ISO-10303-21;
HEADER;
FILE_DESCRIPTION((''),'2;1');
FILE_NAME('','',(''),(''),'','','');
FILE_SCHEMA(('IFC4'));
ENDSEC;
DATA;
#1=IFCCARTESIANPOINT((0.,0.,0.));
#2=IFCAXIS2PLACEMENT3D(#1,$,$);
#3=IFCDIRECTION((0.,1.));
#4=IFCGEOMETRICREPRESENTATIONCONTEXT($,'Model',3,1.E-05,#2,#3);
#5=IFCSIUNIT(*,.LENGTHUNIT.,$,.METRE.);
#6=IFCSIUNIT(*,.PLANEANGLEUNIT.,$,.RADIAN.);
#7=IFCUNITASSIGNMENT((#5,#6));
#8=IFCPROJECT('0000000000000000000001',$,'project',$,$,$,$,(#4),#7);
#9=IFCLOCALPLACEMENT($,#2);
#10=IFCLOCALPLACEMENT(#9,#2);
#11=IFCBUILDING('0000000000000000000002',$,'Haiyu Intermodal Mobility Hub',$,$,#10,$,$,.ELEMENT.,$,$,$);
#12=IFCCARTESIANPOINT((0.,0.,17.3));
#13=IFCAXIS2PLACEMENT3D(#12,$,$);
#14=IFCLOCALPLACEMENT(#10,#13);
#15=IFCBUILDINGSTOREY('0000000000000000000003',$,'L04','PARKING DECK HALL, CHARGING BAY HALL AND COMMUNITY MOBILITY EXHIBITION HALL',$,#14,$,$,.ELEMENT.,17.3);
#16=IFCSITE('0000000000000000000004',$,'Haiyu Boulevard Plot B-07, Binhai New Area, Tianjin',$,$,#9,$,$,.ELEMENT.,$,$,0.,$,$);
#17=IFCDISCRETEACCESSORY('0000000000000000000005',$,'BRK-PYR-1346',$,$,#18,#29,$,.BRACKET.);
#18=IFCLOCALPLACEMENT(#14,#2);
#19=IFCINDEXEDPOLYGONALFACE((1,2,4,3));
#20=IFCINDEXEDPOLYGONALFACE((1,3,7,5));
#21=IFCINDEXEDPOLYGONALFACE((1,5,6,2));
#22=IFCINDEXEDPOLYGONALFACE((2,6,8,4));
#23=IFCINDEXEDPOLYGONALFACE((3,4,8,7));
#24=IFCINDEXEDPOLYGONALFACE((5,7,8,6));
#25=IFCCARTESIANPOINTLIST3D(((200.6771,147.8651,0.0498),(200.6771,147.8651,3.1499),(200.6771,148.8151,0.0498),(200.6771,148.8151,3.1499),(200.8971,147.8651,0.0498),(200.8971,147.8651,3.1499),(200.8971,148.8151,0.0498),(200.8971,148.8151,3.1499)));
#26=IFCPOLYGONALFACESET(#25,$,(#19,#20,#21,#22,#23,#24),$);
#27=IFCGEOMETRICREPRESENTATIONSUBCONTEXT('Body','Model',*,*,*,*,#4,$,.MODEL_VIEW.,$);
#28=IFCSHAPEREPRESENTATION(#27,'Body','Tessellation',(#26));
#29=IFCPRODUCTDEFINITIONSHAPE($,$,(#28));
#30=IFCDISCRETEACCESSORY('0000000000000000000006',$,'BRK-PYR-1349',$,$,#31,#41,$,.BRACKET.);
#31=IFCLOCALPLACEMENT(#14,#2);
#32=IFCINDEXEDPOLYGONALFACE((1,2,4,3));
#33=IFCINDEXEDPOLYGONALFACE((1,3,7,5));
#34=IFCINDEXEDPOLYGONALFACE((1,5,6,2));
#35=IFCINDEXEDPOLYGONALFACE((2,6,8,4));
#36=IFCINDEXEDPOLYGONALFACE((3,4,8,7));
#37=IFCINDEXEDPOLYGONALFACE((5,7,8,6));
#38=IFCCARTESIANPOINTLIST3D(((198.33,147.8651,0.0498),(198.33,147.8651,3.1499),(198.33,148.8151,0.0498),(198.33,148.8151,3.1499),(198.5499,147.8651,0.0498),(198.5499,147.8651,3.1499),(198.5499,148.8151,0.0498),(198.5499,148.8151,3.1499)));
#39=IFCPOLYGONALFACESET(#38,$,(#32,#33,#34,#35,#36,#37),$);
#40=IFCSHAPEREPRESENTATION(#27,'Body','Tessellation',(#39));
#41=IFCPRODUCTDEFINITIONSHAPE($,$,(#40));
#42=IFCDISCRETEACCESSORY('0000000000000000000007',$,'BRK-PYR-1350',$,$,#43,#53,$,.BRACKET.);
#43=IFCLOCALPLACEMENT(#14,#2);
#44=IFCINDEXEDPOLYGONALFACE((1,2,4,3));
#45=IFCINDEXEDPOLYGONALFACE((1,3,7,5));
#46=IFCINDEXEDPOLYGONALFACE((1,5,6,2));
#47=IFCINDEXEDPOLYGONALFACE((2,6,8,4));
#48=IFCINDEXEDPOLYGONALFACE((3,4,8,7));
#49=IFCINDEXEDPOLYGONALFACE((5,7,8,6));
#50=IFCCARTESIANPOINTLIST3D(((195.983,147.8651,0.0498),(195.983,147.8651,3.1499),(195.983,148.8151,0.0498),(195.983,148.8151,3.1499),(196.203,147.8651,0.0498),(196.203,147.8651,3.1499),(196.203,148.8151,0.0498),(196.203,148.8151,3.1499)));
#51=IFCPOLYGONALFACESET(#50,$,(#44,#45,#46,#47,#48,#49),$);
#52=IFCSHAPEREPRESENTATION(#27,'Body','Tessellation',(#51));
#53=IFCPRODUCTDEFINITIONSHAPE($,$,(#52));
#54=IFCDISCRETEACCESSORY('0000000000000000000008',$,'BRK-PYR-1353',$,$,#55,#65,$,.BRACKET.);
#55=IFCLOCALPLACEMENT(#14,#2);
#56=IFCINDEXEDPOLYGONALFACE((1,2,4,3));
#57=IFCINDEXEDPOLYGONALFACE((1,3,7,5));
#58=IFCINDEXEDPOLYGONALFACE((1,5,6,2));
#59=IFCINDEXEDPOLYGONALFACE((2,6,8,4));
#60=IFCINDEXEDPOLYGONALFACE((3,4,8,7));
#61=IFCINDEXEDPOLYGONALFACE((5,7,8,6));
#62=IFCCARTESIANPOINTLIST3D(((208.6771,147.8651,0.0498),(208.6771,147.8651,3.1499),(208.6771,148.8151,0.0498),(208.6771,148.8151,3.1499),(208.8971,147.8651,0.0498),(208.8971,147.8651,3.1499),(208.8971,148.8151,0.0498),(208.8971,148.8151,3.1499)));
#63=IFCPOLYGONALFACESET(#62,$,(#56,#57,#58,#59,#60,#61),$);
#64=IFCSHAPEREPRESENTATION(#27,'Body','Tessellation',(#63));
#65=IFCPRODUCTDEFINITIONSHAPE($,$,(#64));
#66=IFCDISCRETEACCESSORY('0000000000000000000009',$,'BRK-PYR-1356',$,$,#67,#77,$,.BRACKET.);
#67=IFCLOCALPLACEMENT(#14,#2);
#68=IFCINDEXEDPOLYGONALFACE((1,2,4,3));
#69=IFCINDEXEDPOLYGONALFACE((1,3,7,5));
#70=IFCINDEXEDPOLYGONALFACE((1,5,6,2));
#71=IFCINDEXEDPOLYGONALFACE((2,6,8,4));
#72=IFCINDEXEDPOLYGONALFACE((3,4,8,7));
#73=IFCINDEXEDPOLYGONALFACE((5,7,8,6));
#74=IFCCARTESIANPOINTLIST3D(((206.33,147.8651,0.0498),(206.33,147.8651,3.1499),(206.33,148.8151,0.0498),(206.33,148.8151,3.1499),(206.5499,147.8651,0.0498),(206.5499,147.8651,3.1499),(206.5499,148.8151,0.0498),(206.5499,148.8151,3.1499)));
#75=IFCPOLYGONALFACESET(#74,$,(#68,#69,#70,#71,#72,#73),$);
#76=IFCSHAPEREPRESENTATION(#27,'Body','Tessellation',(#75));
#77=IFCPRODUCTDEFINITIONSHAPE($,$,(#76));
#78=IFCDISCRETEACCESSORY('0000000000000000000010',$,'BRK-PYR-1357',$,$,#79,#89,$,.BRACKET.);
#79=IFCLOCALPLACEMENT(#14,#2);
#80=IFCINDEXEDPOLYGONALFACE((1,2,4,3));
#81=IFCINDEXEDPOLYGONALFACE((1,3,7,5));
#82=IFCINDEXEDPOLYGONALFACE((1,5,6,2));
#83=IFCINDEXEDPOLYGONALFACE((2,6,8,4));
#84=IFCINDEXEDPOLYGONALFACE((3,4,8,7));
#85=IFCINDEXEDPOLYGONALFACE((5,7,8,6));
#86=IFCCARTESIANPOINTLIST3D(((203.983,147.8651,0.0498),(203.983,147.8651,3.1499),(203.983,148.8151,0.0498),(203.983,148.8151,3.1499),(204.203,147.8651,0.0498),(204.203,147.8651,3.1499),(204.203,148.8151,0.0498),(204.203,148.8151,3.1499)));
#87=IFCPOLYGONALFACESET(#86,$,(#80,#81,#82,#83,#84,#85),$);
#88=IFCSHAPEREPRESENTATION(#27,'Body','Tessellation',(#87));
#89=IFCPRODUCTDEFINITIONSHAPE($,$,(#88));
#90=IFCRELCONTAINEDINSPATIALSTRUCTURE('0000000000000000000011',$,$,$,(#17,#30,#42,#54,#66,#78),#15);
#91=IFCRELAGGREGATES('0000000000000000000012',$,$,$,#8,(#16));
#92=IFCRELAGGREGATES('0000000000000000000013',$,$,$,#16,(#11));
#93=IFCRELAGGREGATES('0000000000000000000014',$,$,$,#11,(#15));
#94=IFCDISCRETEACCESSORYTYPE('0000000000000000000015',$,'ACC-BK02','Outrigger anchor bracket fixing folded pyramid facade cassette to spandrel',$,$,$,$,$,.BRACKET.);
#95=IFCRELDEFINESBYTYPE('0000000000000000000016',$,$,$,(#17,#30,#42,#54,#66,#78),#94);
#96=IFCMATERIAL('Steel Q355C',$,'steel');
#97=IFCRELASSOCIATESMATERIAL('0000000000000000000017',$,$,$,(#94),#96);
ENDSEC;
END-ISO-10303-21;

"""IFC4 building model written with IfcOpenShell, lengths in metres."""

from ifc_helpers import new_model, si_unit, direction, frame, origin, origin_2d, place, context, subcontext, project, spatial, rectangle, extrude, material, type_object, element, save


model = new_model("IFC4")

# Units and contexts
model_context = context("Model", 3, precision=1e-05, world=origin(), true_north=direction((0.0, 1.0)))
body_context = subcontext(model_context, "Body", "Model", "MODEL_VIEW")
ifc_project = project(units=[si_unit("LENGTHUNIT", "METRE"), si_unit("PLANEANGLEUNIT", "RADIAN")], contexts=[model_context])

# Site, building, storey
site_placement = place(None, origin())
site = spatial("IfcSite", under=ifc_project, at=site_placement, Name="Haiyu Boulevard Plot B-07, Binhai New Area, Tianjin", CompositionType="ELEMENT", RefElevation=0.0)
building_placement = place(site_placement, origin())
building = spatial("IfcBuilding", under=site, at=building_placement, Name="Haiyu Intermodal Mobility Hub", CompositionType="ELEMENT")
storey_placement = place(building_placement, frame((0.0, 0.0, 17.3)))
storey = spatial("IfcBuildingStorey", under=building, at=storey_placement, Name="L04", Description="PARKING DECK HALL, CHARGING BAY HALL AND COMMUNITY MOBILITY EXHIBITION HALL", CompositionType="ELEMENT", Elevation=17.3)

# Discrete accessories
ifc_material_1 = material(Name="Steel Q355C", Category="steel")
discrete_accessory_type = type_object("IfcDiscreteAccessoryType", Name="ACC-BK02", Description="Outrigger anchor bracket fixing folded pyramid facade cassette to spandrel", PredefinedType="BRACKET", material=ifc_material_1)
for number, where, z_axis, x_axis, name in (
    (1, (200.7871, 148.3401, 0.0498), (0.0, 0.0, 1.0), (1.0, 0.0, 0.0), "BRK-PYR-1346"),
    (2, (198.4399, 148.3401, 0.0498), (0.0, 0.0, 1.0), (1.0, 0.0, 0.0), "BRK-PYR-1349"),
    (3, (196.093, 148.3401, 0.0498), (0.0, 0.0, 1.0), (1.0, 0.0, 0.0), "BRK-PYR-1350"),
    (4, (208.7871, 148.3401, 0.0498), (0.0, 0.0, 1.0), (1.0, 0.0, 0.0), "BRK-PYR-1353"),
    (5, (206.4399, 148.3401, 0.0498), (0.0, 0.0, 1.0), (1.0, 0.0, 0.0), "BRK-PYR-1356"),
    (6, (204.093, 148.3401, 0.0498), (0.0, 0.0, 1.0), (1.0, 0.0, 0.0), "BRK-PYR-1357"),
):
    element("IfcDiscreteAccessory", number, at=place(storey_placement, frame(where, z_axis=z_axis, x_axis=x_axis)), inside=storey, type_object=discrete_accessory_type, Name=name, PredefinedType="BRACKET", context=body_context, shape_type="SweptSolid", body=[
        extrude(rectangle(XDim=0.22, YDim=0.95, at=origin_2d()), origin(), (0.0, 0.0, 1.0), 3.1001),
    ])

save(model, "model.ifc")
